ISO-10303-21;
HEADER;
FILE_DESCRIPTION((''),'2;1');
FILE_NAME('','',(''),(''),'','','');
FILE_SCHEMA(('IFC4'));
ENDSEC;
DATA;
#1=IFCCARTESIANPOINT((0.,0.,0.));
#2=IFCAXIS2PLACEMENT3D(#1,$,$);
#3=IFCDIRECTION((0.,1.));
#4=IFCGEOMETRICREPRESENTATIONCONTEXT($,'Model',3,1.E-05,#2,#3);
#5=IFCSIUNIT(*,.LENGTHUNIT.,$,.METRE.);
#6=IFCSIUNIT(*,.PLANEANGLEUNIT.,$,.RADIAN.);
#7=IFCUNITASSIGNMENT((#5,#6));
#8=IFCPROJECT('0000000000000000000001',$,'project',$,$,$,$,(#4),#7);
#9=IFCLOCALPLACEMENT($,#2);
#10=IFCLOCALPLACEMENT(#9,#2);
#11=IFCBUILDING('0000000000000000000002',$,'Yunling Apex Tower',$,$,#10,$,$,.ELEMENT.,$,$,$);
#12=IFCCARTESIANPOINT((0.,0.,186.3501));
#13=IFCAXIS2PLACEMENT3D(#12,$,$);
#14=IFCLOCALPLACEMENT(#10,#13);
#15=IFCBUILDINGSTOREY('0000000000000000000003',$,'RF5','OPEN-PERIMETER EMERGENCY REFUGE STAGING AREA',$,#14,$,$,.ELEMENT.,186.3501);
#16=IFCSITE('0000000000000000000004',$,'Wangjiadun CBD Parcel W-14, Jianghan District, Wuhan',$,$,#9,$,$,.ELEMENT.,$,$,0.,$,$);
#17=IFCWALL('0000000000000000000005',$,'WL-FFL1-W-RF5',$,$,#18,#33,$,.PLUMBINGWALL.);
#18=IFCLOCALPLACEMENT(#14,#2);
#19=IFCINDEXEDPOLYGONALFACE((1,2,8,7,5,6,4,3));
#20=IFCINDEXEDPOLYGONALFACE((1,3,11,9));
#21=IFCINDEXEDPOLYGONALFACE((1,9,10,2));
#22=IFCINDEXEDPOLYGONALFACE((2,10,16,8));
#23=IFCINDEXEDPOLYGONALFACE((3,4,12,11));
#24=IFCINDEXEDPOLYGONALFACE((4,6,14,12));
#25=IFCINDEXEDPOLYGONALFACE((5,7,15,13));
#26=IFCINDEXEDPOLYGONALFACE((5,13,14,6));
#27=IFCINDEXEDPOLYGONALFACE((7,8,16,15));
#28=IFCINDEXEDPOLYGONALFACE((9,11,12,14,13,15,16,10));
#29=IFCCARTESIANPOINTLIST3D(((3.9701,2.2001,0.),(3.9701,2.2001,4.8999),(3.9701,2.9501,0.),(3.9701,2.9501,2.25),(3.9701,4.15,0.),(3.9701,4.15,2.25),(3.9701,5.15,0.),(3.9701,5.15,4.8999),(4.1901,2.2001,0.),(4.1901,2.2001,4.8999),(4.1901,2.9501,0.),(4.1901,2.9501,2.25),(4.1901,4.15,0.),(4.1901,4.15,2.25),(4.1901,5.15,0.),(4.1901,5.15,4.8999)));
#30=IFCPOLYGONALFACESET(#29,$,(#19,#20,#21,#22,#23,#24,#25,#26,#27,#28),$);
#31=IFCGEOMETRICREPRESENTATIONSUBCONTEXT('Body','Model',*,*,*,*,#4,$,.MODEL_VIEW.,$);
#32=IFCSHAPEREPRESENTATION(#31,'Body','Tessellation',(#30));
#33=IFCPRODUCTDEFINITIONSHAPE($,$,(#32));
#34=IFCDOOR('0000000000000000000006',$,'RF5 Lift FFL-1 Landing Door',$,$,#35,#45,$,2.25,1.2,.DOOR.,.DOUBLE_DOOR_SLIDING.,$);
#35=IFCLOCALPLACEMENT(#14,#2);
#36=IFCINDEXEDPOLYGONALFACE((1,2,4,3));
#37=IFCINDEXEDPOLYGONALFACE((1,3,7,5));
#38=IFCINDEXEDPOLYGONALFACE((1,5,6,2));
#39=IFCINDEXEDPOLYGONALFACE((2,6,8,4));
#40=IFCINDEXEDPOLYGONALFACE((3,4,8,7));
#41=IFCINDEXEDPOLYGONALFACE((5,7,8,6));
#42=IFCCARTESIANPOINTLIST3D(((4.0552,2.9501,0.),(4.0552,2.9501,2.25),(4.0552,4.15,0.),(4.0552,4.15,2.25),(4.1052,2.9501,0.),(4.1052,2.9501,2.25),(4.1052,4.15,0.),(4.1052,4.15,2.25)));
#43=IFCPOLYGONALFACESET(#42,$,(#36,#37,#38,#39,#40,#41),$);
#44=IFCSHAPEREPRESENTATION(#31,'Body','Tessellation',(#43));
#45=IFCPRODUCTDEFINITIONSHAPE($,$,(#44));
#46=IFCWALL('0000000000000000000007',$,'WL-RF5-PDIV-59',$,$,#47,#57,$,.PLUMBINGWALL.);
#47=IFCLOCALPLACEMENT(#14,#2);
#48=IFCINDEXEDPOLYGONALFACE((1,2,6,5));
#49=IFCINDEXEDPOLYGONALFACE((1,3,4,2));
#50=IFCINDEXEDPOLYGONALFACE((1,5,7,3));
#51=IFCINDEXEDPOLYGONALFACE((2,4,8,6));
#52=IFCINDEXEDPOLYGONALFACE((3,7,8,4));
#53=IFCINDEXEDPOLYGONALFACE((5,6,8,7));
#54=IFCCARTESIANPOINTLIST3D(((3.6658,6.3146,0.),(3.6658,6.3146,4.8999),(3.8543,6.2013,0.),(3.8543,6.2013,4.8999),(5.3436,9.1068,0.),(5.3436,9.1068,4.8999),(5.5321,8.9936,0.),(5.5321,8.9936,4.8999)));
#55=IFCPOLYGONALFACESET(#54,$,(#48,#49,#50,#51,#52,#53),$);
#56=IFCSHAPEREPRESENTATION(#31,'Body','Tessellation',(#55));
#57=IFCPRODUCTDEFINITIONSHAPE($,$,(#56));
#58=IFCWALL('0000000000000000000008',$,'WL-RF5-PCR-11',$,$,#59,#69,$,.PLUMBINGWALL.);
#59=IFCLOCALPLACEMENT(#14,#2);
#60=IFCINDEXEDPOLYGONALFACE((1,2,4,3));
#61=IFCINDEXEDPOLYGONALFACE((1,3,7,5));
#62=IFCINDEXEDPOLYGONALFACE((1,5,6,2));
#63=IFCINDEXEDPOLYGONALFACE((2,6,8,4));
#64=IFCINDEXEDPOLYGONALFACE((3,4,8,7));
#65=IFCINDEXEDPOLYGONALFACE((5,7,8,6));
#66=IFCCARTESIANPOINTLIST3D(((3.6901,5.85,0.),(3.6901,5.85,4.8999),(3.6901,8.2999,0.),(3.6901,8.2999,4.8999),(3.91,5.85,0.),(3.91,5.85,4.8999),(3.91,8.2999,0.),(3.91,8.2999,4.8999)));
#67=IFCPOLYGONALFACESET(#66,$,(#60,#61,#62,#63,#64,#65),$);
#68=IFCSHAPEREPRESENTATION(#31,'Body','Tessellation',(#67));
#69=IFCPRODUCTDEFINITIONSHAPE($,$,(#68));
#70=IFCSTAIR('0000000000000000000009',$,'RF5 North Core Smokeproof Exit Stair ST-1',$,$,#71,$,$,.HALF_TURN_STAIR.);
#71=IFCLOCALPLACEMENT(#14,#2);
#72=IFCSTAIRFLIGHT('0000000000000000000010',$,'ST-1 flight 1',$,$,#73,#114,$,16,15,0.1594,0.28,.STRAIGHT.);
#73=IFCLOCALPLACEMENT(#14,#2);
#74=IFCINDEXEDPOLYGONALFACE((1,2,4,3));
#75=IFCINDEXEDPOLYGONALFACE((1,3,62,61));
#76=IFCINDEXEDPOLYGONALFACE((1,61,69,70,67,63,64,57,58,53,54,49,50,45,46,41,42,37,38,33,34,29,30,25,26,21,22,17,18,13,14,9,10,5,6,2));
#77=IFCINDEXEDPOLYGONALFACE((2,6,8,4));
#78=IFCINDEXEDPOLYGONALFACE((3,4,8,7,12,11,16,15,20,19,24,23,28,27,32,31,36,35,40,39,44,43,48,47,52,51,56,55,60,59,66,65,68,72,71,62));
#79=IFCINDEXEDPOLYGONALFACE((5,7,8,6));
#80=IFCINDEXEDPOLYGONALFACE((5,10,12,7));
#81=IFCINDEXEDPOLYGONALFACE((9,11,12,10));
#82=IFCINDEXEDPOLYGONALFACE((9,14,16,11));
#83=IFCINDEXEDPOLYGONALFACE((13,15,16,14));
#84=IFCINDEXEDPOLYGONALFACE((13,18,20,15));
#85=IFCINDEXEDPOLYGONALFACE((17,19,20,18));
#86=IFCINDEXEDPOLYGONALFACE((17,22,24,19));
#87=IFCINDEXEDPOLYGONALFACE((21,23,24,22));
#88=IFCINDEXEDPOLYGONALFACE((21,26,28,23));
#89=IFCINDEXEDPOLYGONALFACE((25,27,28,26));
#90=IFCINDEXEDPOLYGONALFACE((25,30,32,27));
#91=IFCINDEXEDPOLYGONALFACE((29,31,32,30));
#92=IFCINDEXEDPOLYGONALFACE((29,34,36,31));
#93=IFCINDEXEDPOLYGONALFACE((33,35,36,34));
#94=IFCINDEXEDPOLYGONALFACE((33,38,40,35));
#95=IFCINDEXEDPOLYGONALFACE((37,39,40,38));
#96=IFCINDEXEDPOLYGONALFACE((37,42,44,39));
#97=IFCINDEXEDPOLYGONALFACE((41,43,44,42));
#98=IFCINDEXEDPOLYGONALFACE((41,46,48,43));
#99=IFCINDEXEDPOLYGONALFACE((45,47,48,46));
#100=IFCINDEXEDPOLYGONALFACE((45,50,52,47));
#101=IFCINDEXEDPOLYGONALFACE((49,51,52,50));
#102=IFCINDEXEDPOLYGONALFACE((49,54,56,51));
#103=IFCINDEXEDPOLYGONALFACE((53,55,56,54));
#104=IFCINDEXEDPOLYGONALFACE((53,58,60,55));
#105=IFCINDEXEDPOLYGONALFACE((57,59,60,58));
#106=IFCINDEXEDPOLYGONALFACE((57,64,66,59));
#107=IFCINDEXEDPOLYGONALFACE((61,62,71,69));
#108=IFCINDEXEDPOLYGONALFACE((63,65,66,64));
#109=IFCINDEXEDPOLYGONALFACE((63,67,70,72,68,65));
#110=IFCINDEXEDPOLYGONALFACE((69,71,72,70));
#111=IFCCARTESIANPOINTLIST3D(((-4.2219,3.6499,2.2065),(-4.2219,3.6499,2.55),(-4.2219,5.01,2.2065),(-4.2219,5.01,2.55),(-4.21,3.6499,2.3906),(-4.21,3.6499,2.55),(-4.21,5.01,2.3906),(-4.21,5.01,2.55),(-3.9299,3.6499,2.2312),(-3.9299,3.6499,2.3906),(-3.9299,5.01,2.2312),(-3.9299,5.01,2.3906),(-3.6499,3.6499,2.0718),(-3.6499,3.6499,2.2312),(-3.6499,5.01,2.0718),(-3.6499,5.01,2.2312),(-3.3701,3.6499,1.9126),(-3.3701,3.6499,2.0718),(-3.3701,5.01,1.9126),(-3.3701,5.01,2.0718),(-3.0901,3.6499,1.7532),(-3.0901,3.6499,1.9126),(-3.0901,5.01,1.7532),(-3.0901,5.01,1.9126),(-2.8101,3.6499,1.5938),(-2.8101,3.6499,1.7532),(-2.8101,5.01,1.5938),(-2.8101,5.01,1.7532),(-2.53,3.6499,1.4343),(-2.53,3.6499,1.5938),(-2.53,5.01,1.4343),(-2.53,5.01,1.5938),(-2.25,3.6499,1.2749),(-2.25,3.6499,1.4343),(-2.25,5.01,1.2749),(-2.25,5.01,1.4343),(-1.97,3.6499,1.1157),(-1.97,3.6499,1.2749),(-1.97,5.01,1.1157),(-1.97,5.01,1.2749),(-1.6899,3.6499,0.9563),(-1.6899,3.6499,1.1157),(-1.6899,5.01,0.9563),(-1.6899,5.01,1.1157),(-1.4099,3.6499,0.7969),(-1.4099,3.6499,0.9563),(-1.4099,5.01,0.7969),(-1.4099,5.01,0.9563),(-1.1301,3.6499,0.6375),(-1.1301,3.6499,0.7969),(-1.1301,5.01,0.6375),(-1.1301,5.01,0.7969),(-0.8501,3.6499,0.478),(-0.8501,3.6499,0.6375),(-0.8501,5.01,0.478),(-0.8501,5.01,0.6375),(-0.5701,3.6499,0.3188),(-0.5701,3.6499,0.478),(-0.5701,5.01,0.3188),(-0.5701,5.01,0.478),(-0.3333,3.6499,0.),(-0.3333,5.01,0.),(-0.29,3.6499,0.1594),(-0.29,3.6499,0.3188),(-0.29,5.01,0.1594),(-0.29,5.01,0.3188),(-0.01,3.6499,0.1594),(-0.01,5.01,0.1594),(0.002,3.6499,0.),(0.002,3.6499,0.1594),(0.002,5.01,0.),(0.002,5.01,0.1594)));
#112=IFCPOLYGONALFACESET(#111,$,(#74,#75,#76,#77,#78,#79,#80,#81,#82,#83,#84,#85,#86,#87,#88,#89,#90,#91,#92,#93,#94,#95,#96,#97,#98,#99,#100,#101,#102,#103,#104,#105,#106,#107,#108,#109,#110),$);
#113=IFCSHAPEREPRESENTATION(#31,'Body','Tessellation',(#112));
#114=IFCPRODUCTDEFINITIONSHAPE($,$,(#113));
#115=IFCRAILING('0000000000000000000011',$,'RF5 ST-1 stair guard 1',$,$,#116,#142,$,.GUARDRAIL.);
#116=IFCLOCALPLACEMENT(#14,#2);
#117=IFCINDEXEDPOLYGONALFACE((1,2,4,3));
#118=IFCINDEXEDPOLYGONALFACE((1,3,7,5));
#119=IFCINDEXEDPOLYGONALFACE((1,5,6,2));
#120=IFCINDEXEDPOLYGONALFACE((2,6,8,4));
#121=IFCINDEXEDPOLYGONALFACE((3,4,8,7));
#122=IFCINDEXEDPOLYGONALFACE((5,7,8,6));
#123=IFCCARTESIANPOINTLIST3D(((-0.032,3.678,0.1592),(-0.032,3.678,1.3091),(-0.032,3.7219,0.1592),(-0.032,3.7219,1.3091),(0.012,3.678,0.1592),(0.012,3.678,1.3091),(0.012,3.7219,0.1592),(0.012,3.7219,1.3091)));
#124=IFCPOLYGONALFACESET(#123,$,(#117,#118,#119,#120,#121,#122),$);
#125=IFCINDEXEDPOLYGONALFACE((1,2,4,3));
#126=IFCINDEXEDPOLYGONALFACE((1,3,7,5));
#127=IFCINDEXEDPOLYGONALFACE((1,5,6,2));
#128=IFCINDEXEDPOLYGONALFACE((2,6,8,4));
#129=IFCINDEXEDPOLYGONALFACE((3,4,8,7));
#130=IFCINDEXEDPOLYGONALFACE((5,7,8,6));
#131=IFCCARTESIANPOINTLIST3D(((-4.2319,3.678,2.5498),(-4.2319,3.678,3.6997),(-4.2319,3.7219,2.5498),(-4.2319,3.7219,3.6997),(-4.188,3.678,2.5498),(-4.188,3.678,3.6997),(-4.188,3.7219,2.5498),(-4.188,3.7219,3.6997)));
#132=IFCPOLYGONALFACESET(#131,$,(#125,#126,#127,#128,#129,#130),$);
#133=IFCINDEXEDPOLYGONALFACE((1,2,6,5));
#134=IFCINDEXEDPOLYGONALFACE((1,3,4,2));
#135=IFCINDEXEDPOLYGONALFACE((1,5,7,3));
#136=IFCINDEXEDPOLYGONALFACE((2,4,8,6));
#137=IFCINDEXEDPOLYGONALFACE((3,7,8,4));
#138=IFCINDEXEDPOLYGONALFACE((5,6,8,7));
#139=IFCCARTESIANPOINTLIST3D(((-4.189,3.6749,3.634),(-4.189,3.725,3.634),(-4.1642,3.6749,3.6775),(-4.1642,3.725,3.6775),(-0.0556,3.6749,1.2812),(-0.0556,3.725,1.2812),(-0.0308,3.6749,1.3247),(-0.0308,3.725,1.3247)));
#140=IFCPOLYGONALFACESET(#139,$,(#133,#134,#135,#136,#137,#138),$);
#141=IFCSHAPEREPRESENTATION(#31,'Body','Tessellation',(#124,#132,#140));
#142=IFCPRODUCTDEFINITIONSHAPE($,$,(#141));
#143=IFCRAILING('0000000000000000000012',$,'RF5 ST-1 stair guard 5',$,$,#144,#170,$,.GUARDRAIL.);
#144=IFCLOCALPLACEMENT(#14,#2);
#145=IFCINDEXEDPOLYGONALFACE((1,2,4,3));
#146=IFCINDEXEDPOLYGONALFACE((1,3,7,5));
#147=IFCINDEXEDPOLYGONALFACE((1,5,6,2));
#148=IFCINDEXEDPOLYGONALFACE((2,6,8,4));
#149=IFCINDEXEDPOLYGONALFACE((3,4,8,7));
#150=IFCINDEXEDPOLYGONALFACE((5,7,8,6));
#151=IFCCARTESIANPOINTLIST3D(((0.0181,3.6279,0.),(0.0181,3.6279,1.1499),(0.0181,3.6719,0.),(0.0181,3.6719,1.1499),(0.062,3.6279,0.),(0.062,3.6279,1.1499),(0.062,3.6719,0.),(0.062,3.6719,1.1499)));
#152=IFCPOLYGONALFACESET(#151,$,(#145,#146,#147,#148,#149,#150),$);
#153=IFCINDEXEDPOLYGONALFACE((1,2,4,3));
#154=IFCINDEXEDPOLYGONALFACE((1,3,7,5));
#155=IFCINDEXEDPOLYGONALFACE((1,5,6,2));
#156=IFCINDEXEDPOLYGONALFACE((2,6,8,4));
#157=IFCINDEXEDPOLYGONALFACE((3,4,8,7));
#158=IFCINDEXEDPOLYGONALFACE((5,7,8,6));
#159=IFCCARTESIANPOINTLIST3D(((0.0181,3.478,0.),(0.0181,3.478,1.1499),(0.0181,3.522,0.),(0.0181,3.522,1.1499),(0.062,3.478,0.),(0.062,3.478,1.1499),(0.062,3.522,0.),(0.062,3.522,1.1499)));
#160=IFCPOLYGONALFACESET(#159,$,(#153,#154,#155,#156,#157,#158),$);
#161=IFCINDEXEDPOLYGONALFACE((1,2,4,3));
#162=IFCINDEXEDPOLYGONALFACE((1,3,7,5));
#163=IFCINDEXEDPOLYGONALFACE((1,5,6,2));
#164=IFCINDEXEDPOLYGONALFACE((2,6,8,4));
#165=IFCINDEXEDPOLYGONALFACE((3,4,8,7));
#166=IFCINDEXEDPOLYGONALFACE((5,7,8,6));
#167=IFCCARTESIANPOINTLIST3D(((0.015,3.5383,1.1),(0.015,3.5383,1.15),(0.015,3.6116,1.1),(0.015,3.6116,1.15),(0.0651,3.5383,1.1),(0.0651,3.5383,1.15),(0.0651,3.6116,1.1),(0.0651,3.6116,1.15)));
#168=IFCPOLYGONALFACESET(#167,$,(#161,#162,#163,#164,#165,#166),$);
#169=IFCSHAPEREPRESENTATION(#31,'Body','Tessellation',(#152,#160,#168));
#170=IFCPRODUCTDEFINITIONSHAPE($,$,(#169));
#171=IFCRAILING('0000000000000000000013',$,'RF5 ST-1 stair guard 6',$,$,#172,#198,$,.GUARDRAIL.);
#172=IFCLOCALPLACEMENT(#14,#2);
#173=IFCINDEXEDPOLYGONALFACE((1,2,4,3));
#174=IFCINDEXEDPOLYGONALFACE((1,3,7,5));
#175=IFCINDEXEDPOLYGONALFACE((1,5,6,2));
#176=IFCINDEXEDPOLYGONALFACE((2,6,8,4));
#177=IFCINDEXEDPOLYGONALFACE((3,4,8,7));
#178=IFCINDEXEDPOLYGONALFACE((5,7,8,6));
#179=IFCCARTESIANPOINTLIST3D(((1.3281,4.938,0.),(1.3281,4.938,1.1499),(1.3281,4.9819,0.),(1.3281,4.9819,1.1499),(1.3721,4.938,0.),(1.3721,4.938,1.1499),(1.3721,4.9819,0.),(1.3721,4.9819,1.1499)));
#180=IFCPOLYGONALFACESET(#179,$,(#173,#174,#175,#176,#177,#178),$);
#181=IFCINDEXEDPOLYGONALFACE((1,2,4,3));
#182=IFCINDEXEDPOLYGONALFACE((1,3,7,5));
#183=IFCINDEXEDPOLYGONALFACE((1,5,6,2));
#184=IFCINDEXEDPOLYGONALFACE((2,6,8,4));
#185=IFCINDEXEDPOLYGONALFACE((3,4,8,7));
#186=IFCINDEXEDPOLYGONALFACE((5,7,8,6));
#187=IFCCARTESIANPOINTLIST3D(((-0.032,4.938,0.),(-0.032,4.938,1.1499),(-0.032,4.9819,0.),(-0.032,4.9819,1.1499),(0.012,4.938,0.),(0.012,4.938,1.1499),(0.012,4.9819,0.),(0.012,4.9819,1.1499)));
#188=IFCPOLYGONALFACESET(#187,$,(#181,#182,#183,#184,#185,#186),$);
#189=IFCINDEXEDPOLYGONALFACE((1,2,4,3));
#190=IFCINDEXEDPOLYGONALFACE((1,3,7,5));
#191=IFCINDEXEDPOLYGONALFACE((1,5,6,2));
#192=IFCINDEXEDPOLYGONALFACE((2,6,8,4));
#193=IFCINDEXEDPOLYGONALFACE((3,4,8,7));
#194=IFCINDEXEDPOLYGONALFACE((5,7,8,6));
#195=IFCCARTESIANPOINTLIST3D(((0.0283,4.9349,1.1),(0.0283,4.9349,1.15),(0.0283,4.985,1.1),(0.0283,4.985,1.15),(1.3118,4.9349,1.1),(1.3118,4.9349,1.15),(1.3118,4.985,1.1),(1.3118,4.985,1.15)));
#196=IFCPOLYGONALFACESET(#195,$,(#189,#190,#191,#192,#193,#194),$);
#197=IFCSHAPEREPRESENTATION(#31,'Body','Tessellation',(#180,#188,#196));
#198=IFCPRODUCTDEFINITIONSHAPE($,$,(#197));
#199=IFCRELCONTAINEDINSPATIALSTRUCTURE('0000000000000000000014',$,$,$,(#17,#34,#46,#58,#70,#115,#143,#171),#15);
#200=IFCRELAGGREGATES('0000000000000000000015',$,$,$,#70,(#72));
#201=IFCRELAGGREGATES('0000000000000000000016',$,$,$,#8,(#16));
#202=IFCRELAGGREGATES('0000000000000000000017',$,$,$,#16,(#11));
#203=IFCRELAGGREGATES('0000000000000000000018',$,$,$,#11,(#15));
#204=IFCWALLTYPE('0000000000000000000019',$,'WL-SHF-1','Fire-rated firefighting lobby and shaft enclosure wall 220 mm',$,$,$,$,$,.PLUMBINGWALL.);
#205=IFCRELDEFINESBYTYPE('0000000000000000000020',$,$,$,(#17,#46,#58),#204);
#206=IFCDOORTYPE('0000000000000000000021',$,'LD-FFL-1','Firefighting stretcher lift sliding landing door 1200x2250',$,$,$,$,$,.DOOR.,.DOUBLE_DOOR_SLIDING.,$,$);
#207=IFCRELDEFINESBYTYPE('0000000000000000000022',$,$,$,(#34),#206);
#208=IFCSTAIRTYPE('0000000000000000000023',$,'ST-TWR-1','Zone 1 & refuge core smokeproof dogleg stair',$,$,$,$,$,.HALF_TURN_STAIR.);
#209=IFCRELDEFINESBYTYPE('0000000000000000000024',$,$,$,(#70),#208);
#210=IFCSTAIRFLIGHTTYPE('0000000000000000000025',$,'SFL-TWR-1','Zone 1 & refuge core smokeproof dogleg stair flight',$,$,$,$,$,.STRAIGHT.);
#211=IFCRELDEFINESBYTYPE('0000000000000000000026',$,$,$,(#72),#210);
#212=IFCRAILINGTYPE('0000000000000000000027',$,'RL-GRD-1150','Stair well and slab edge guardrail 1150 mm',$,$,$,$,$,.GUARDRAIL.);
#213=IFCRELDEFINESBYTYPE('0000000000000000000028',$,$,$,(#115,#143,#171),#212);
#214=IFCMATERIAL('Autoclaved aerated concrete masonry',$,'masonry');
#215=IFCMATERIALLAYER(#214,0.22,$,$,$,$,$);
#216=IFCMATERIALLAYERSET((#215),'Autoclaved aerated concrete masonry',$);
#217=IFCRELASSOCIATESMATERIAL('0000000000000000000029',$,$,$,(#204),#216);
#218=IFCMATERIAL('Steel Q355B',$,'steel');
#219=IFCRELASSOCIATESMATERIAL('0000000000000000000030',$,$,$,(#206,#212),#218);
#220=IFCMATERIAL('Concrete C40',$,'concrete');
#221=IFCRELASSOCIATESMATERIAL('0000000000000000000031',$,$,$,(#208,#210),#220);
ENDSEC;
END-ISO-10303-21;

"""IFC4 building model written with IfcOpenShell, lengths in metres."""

from ifc_helpers import new_model, si_unit, direction, frame, frame_2d, origin, origin_2d, place, context, subcontext, project, spatial, polyline, rectangle, outline, extrude, material, layer, layer_set, type_object, element, fill, aggregate, save


model = new_model("IFC4")

# Units and contexts
model_context = context("Model", 3, precision=1e-05, world=origin(), true_north=direction((0.0, 1.0)))
body_context = subcontext(model_context, "Body", "Model", "MODEL_VIEW")
ifc_project = project(units=[si_unit("LENGTHUNIT", "METRE"), si_unit("PLANEANGLEUNIT", "RADIAN")], contexts=[model_context])

# Site, building, storey
site_placement = place(None, origin())
site = spatial("IfcSite", under=ifc_project, at=site_placement, Name="Wangjiadun CBD Parcel W-14, Jianghan District, Wuhan", CompositionType="ELEMENT", RefElevation=0.0)
building_placement = place(site_placement, origin())
building = spatial("IfcBuilding", under=site, at=building_placement, Name="Yunling Apex Tower", CompositionType="ELEMENT")
storey_placement = place(building_placement, frame((0.0, 0.0, 186.3501)))
storey = spatial("IfcBuildingStorey", under=building, at=storey_placement, Name="RF5", Description="OPEN-PERIMETER EMERGENCY REFUGE STAGING AREA", CompositionType="ELEMENT", Elevation=186.3501)

# Shared definitions
ifc_material_1 = material(Name="Steel Q355B", Category="steel")

# Shared definitions
ifc_material_2 = material(Name="Concrete C40", Category="concrete")

# Wall, opening, door
ifc_material_3 = material(Name="Autoclaved aerated concrete masonry", Category="masonry")
ifc_layer_1 = layer(ifc_material_3, 0.22)
ifc_layer_set_1 = layer_set([ifc_layer_1], Name="Autoclaved aerated concrete masonry")
wall_type_1 = type_object("IfcWallType", Name="WL-SHF-1", Description="Fire-rated firefighting lobby and shaft enclosure wall 220 mm", PredefinedType="PLUMBINGWALL", material=ifc_layer_set_1)
wall_1_placement = place(storey_placement, frame((4.0801, 2.2, 0.0), z_axis=(0.0, 0.0, 1.0), x_axis=(0.0, 1.0, 0.0)))
wall_1 = element("IfcWall", 1, at=wall_1_placement, inside=storey, type_object=wall_type_1, Name="WL-FFL1-W-RF5", PredefinedType="PLUMBINGWALL", context=body_context, shape_type="SweptSolid", body=[
    extrude(rectangle(XDim=2.95, YDim=0.22, at=frame_2d((1.4751, 0.0))), origin(), (0.0, 0.0, 1.0), 4.8999),
])
opening_1_placement = place(wall_1_placement, frame((0.75, 0.0, 0.0)))
opening_1 = element("IfcOpeningElement", 2, at=opening_1_placement, cuts=wall_1, PredefinedType="OPENING", context=body_context, shape_type="SweptSolid", body=[
    extrude(rectangle(XDim=1.2, YDim=2.25, at=frame_2d((0.6001, 1.125))), frame((0.0, 0.1201, 0.0), z_axis=(0.0, -1.0, 0.0), x_axis=(1.0, 0.0, 0.0)), (0.0, 0.0, 1.0), 0.24),
])
door_type_1 = type_object("IfcDoorType", Name="LD-FFL-1", Description="Firefighting stretcher lift sliding landing door 1200x2250", OperationType="DOUBLE_DOOR_SLIDING", PredefinedType="DOOR", material=ifc_material_1)
door_1_placement = place(opening_1_placement, origin())
door_1 = element("IfcDoor", 3, at=door_1_placement, inside=storey, type_object=door_type_1, Name="RF5 Lift FFL-1 Landing Door", OperationType="DOUBLE_DOOR_SLIDING", OverallHeight=2.25, OverallWidth=1.2, PredefinedType="DOOR", context=body_context, shape_type="SweptSolid", body=[
    extrude(rectangle(XDim=1.2, YDim=2.25, at=frame_2d((0.6001, 1.125))), frame((0.0, 0.0249, 0.0), z_axis=(0.0, -1.0, 0.0), x_axis=(1.0, 0.0, 0.0)), (0.0, 0.0, 1.0), 0.05),
])
fill(opening_1, door_1)

# Walls
wall_2_placement = place(storey_placement, frame((3.76, 6.2578, 0.0), z_axis=(0.0, 0.0, 1.0), x_axis=(0.515036, 0.857169, 0.0)))
element("IfcWall", 4, at=wall_2_placement, inside=storey, type_object=wall_type_1, Name="WL-RF5-PDIV-59", PredefinedType="PLUMBINGWALL", context=body_context, shape_type="SweptSolid", body=[
    extrude(rectangle(XDim=3.2576, YDim=0.22, at=frame_2d((1.6289, 0.0))), origin(), (0.0, 0.0, 1.0), 4.8999),
])
wall_3_placement = place(storey_placement, frame((3.8, 8.3, 0.0), z_axis=(0.0, 0.0, 1.0), x_axis=(0.0, -1.0, 0.0)))
element("IfcWall", 5, at=wall_3_placement, inside=storey, type_object=wall_type_1, Name="WL-RF5-PCR-11", PredefinedType="PLUMBINGWALL", context=body_context, shape_type="SweptSolid", body=[
    extrude(rectangle(XDim=2.45, YDim=0.22, at=frame_2d((1.2251, 0.0))), origin(), (0.0, 0.0, 1.0), 4.8999),
])

# Stair, stair flight
stair_type = type_object("IfcStairType", Name="ST-TWR-1", Description="Zone 1 & refuge core smokeproof dogleg stair", PredefinedType="HALF_TURN_STAIR", material=ifc_material_2)
stair_placement = place(storey_placement, origin())
stair = element("IfcStair", 6, at=stair_placement, inside=storey, type_object=stair_type, Name="RF5 North Core Smokeproof Exit Stair ST-1", PredefinedType="HALF_TURN_STAIR")
stair_flight_type = type_object("IfcStairFlightType", Name="SFL-TWR-1", Description="Zone 1 & refuge core smokeproof dogleg stair flight", PredefinedType="STRAIGHT", material=ifc_material_2)
stair_flight_placement = place(storey_placement, frame((-0.01, 4.3301, 0.0), z_axis=(0.0, 0.0, 1.0), x_axis=(-1.0, 0.0, 0.0)))
stair_flight = element("IfcStairFlight", 7, at=stair_flight_placement, type_object=stair_flight_type, Name="ST-1 flight 1", NumberOfRisers=16, NumberOfTreads=15, PredefinedType="STRAIGHT", RiserHeight=0.1594, TreadLength=0.28, context=body_context, shape_type="SweptSolid", body=[
    extrude(outline(polyline([(-0.012, 0.0), (-0.012, 0.1594), (0.0, 0.1594), (0.28, 0.1594), (0.28, 0.3188), (0.5601, 0.3188), (0.5601, 0.478), (0.8401, 0.478), (0.8401, 0.6375), (1.1201, 0.6375), (1.1201, 0.7969), (1.3999, 0.7969), (1.3999, 0.9563), (1.6799, 0.9563), (1.6799, 1.1157), (1.96, 1.1157), (1.96, 1.2749), (2.24, 1.2749), (2.24, 1.4343), (2.52, 1.4343), (2.52, 1.5938), (2.8, 1.5938), (2.8, 1.7532), (3.0801, 1.7532), (3.0801, 1.9126), (3.3601, 1.9126), (3.3601, 2.0718), (3.6399, 2.0718), (3.6399, 2.2312), (3.9199, 2.2312), (3.9199, 2.3906), (4.2, 2.3906), (4.2, 2.55), (4.2119, 2.55), (4.2119, 2.2065), (0.3232, 0.0), (-0.012, 0.0)])), frame((0.0, 0.6802, 0.0), z_axis=(0.0, -1.0, 0.0), x_axis=(1.0, 0.0, 0.0)), (0.0, 0.0, 1.0), 1.3601),
])
aggregate(stair, [stair_flight])

# Railings
railing_type_1 = type_object("IfcRailingType", Name="RL-GRD-1150", Description="Stair well and slab edge guardrail 1150 mm", PredefinedType="GUARDRAIL", material=ifc_material_1)
railing_1_placement = place(storey_placement, frame((-0.01, 3.7, 0.1592)))
element("IfcRailing", 8, at=railing_1_placement, inside=storey, type_object=railing_type_1, Name="RF5 ST-1 stair guard 1", PredefinedType="GUARDRAIL", context=body_context, shape_type="SweptSolid", body=[
    extrude(rectangle(XDim=0.0439, YDim=0.0439, at=origin_2d()), origin(), (0.0, 0.0, 1.0), 1.1499),
    extrude(rectangle(XDim=0.0439, YDim=0.0439, at=origin_2d()), frame((-4.2, 0.0, 2.3906)), (0.0, 0.0, 1.0), 1.1499),
    extrude(rectangle(XDim=0.05, YDim=0.05, at=origin_2d()), frame((-0.0332, 0.0, 1.1438), z_axis=(-0.869075, 0.0, 0.49468), x_axis=(0.0, -1.0, 0.0)), (0.0, 0.0, 1.0), 4.7561),
])
railing_2_placement = place(storey_placement, frame((0.04, 3.6499, 0.0)))
element("IfcRailing", 9, at=railing_2_placement, inside=storey, type_object=railing_type_1, Name="RF5 ST-1 stair guard 5", PredefinedType="GUARDRAIL", context=body_context, shape_type="SweptSolid", body=[
    extrude(rectangle(XDim=0.0439, YDim=0.0439, at=origin_2d()), origin(), (0.0, 0.0, 1.0), 1.1499),
    extrude(rectangle(XDim=0.0439, YDim=0.0439, at=origin_2d()), frame((0.0, -0.1499, 0.0)), (0.0, 0.0, 1.0), 1.1499),
    extrude(rectangle(XDim=0.05, YDim=0.05, at=origin_2d()), frame((0.0, -0.0383, 1.125), z_axis=(0.0, -1.0, 0.0), x_axis=(1.0, 0.0, 0.0)), (0.0, 0.0, 1.0), 0.0732),
])
railing_3_placement = place(storey_placement, frame((1.3501, 4.96, 0.0)))
element("IfcRailing", 10, at=railing_3_placement, inside=storey, type_object=railing_type_1, Name="RF5 ST-1 stair guard 6", PredefinedType="GUARDRAIL", context=body_context, shape_type="SweptSolid", body=[
    extrude(rectangle(XDim=0.0439, YDim=0.0439, at=origin_2d()), origin(), (0.0, 0.0, 1.0), 1.1499),
    extrude(rectangle(XDim=0.0439, YDim=0.0439, at=origin_2d()), frame((-1.3601, 0.0, 0.0)), (0.0, 0.0, 1.0), 1.1499),
    extrude(rectangle(XDim=0.05, YDim=0.05, at=origin_2d()), frame((-0.0383, 0.0, 1.125), z_axis=(-1.0, 0.0, 0.0), x_axis=(0.0, -1.0, 0.0)), (0.0, 0.0, 1.0), 1.2834),
])

save(model, "model.ifc")
